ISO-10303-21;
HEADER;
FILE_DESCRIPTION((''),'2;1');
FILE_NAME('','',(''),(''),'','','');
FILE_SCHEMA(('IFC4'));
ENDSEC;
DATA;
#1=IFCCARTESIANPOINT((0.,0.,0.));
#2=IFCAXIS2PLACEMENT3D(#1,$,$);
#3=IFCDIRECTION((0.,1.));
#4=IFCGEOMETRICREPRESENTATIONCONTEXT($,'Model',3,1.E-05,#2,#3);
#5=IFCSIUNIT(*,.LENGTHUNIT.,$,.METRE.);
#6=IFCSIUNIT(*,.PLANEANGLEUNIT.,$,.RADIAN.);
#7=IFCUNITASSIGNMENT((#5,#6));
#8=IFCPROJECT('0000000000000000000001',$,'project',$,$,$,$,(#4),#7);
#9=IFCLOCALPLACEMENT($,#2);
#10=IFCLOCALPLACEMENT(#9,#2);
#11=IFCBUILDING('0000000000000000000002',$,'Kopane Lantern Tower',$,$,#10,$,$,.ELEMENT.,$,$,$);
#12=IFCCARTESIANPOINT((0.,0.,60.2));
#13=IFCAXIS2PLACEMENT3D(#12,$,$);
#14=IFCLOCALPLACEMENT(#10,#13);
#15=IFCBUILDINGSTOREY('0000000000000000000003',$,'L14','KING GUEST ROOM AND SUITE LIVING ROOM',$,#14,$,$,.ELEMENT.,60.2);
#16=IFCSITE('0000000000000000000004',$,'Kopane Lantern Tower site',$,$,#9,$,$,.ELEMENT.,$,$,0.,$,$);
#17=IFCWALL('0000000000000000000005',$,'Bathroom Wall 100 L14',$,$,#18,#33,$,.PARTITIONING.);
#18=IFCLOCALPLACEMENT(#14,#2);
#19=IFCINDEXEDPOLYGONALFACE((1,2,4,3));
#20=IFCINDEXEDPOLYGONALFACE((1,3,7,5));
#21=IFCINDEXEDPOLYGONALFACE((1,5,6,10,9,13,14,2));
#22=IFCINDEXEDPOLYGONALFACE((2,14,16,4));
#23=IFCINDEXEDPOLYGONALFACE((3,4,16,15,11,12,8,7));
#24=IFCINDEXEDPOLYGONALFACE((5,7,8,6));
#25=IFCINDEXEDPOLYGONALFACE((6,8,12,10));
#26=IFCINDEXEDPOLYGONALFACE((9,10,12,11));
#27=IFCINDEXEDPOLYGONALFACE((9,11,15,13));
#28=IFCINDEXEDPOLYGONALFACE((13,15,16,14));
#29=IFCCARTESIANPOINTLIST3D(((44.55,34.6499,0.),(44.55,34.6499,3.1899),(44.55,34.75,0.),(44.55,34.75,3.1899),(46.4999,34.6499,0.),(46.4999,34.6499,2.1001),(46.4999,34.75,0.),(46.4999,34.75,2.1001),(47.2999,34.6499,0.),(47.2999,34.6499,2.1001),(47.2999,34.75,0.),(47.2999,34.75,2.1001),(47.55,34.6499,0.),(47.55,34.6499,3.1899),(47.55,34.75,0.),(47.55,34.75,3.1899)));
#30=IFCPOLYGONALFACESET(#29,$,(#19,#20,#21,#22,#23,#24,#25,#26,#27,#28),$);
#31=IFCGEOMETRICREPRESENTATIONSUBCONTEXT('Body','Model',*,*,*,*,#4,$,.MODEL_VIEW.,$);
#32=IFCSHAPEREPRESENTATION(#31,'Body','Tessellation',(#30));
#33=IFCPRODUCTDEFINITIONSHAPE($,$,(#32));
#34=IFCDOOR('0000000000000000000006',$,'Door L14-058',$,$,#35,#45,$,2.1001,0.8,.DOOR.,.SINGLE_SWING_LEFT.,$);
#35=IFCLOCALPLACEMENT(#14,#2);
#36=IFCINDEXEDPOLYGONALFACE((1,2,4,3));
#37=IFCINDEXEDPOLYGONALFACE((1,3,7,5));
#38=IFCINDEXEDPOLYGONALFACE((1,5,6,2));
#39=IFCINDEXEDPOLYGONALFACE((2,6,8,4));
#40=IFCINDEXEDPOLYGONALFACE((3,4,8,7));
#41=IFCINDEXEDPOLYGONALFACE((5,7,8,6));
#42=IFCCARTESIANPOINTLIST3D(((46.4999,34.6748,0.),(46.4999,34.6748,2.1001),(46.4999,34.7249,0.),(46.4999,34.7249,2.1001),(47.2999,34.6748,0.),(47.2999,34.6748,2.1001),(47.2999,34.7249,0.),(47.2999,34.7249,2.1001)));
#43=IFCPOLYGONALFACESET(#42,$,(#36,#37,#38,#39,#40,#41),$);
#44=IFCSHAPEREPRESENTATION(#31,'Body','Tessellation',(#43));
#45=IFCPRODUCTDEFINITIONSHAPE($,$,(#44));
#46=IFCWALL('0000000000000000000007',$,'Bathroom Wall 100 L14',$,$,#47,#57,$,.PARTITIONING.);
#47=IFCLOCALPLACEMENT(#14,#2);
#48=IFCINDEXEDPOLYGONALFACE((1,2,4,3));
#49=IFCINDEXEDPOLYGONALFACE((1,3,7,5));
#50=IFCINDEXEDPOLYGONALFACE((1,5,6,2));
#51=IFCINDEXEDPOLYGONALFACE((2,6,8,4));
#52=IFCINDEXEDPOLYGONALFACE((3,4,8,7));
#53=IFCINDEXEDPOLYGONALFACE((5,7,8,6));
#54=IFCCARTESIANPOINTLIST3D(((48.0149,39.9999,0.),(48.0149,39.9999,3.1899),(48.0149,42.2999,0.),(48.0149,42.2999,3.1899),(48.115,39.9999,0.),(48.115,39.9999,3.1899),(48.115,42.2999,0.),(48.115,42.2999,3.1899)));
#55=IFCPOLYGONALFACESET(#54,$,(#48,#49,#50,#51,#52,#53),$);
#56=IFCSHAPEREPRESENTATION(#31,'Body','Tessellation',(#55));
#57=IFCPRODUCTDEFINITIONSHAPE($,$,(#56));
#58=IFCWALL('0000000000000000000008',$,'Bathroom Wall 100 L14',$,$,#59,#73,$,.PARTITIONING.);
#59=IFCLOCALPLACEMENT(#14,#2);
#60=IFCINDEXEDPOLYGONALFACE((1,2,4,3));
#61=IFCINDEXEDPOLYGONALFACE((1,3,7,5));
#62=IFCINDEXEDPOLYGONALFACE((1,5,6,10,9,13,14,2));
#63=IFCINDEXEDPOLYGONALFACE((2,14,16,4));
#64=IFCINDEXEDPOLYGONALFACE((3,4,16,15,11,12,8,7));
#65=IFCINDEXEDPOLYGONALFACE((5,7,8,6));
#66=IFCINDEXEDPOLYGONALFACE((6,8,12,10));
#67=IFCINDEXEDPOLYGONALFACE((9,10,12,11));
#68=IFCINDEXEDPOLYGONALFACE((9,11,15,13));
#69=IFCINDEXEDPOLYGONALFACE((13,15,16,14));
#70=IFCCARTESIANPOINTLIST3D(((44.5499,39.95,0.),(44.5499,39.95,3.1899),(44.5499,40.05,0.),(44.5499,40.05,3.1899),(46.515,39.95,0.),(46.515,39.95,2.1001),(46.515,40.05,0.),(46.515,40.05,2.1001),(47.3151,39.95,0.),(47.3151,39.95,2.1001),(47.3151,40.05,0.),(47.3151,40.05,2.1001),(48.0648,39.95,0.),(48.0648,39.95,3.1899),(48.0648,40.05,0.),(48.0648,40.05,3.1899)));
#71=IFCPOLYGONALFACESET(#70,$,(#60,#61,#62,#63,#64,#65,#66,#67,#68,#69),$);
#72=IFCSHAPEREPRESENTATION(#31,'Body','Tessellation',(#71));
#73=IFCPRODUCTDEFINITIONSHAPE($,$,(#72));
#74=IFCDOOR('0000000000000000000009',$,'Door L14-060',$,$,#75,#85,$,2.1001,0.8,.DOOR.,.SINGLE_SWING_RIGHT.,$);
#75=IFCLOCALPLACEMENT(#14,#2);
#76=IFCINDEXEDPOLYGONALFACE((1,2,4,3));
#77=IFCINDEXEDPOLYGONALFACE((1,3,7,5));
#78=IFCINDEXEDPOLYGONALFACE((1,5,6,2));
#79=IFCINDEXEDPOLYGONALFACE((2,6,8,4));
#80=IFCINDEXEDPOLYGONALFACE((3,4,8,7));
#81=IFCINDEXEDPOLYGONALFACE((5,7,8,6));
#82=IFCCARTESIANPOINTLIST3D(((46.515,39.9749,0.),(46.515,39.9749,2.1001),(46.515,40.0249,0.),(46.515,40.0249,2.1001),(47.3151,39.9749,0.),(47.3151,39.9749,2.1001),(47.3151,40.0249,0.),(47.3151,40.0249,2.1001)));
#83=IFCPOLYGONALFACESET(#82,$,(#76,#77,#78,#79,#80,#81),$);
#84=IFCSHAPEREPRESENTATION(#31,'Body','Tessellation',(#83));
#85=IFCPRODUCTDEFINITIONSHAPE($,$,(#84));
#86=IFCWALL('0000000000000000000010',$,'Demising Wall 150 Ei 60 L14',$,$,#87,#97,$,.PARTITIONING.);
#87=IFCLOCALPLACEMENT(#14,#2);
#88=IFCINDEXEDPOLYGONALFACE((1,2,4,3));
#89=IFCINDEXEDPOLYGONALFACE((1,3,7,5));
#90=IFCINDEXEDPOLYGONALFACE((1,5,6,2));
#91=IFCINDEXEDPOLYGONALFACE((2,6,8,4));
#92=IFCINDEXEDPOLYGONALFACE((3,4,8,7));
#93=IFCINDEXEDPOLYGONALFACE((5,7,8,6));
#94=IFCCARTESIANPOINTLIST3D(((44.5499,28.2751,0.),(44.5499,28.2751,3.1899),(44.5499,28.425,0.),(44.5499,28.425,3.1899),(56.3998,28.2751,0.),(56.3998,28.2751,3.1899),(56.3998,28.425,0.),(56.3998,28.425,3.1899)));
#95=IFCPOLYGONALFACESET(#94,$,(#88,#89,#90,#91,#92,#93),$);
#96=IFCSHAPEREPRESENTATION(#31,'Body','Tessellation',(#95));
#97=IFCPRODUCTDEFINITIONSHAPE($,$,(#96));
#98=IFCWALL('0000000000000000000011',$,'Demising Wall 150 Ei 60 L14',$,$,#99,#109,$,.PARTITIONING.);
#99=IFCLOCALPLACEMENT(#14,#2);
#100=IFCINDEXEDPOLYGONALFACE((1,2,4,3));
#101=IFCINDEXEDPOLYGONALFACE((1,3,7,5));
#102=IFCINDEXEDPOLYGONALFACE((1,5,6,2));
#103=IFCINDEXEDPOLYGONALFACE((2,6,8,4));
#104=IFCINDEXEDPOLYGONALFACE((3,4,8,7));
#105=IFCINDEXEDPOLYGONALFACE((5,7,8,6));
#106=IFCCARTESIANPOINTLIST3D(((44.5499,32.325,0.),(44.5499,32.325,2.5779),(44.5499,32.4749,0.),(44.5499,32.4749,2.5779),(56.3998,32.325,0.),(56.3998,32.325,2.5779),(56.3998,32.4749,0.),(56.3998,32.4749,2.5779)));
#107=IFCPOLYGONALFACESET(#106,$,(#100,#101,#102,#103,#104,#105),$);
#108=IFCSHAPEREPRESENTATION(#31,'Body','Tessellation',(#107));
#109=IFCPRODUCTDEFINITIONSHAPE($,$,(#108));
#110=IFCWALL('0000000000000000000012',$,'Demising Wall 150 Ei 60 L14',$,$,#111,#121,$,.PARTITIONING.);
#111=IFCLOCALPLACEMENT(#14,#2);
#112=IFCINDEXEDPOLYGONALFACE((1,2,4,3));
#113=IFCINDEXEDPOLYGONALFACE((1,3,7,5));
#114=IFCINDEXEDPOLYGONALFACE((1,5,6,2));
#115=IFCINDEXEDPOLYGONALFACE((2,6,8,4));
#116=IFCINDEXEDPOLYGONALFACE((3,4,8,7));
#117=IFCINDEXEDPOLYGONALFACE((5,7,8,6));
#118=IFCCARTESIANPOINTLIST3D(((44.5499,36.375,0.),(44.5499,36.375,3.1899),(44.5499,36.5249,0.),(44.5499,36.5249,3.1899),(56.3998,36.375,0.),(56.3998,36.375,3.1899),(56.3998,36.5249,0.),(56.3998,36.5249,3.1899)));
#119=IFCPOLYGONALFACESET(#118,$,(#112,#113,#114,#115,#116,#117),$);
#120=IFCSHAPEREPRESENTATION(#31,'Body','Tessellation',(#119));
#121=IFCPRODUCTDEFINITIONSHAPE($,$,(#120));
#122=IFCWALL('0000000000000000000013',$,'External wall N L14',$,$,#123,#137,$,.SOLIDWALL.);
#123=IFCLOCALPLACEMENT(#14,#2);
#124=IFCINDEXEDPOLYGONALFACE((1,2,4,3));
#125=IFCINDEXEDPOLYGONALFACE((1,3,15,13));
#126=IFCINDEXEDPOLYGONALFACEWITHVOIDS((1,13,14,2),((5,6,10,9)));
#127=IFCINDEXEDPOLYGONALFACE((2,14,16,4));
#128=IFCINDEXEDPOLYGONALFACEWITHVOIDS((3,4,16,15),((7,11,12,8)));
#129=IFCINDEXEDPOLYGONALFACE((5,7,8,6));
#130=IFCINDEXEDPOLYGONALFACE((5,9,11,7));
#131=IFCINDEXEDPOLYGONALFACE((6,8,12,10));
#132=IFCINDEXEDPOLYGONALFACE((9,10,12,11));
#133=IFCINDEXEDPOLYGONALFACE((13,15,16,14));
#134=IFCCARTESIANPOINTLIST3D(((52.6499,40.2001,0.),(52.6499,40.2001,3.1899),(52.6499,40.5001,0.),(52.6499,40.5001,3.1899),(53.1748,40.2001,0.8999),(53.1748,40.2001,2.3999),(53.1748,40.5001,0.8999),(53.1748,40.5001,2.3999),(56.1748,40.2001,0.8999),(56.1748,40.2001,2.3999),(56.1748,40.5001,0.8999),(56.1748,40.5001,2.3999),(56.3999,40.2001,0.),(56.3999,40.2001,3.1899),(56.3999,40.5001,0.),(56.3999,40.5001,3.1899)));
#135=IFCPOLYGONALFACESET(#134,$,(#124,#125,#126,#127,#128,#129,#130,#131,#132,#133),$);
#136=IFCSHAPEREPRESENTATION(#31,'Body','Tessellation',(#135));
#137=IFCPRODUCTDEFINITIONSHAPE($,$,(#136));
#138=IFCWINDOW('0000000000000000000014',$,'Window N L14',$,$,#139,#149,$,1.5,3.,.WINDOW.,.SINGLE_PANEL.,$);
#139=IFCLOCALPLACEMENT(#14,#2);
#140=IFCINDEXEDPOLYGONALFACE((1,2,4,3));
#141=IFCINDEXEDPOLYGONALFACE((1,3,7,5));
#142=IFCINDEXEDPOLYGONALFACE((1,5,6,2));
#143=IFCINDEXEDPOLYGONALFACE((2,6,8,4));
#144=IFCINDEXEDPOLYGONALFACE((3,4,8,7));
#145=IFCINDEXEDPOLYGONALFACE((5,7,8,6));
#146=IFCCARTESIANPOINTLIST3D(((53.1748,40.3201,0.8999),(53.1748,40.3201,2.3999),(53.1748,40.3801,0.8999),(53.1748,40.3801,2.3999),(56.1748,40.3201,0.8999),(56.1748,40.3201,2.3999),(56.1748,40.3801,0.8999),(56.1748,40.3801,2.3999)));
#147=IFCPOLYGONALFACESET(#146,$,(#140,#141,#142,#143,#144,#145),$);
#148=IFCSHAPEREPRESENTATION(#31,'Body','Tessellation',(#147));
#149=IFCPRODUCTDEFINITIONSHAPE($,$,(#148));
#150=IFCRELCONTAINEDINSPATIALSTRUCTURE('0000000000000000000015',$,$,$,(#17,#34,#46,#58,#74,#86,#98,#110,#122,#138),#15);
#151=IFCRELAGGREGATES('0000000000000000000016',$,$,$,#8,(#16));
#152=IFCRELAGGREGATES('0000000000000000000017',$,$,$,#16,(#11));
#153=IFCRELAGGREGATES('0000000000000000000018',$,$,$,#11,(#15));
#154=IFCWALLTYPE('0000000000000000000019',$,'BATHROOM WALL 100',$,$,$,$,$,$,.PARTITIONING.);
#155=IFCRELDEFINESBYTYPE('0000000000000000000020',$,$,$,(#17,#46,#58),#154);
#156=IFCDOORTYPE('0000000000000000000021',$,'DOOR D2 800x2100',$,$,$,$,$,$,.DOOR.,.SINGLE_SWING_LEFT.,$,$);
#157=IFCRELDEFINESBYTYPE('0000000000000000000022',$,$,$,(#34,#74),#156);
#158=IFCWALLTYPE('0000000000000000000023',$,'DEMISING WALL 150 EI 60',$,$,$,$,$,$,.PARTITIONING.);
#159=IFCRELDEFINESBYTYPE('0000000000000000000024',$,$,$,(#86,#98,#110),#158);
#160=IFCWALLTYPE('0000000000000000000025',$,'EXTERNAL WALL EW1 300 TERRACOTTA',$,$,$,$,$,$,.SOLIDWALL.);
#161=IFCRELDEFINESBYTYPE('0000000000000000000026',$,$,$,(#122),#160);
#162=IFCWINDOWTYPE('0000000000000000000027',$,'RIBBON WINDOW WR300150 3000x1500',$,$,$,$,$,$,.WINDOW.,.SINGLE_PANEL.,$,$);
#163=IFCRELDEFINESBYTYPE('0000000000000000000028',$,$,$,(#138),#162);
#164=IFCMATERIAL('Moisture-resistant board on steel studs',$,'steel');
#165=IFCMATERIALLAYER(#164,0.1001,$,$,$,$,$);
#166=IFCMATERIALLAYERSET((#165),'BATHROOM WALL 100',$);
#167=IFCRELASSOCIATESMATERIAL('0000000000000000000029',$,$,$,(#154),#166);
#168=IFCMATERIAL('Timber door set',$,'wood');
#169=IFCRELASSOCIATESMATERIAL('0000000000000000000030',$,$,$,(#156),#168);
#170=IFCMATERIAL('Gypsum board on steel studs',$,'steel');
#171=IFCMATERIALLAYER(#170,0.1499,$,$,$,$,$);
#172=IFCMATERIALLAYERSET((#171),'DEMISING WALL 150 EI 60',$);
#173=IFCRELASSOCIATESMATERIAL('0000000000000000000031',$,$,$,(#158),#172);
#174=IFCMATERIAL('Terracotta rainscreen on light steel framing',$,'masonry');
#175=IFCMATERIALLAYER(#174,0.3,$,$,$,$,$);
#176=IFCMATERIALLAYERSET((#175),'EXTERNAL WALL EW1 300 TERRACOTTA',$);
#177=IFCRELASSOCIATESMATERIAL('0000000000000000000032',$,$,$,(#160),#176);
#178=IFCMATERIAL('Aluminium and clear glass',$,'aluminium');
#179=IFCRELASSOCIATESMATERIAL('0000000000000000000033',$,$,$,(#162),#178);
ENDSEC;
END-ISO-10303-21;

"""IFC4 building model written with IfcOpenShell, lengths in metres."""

from ifc_helpers import new_model, si_unit, direction, frame, frame_2d, origin, place, context, subcontext, project, spatial, rectangle, extrude, material, layer, layer_set, type_object, element, fill, save


model = new_model("IFC4")

# Units and contexts
model_context = context("Model", 3, precision=1e-05, world=origin(), true_north=direction((0.0, 1.0)))
body_context = subcontext(model_context, "Body", "Model", "MODEL_VIEW")
ifc_project = project(units=[si_unit("LENGTHUNIT", "METRE"), si_unit("PLANEANGLEUNIT", "RADIAN")], contexts=[model_context])

# Site, building, storey
site_placement = place(None, origin())
site = spatial("IfcSite", under=ifc_project, at=site_placement, Name="Kopane Lantern Tower site", CompositionType="ELEMENT", RefElevation=0.0)
building_placement = place(site_placement, origin())
building = spatial("IfcBuilding", under=site, at=building_placement, Name="Kopane Lantern Tower", CompositionType="ELEMENT")
storey_placement = place(building_placement, frame((0.0, 0.0, 60.2)))
storey = spatial("IfcBuildingStorey", under=building, at=storey_placement, Name="L14", Description="KING GUEST ROOM AND SUITE LIVING ROOM", CompositionType="ELEMENT", Elevation=60.2)

# Shared definitions
ifc_material_1 = material(Name="Moisture-resistant board on steel studs", Category="steel")
ifc_layer_1 = layer(ifc_material_1, 0.1001)
ifc_layer_set_1 = layer_set([ifc_layer_1], Name="BATHROOM WALL 100")
wall_type_1 = type_object("IfcWallType", Name="BATHROOM WALL 100", PredefinedType="PARTITIONING", material=ifc_layer_set_1)
ifc_material_2 = material(Name="Timber door set", Category="wood")
door_type = type_object("IfcDoorType", Name="DOOR D2 800x2100", OperationType="SINGLE_SWING_LEFT", PredefinedType="DOOR", material=ifc_material_2)

# Wall, opening, door
wall_1_placement = place(storey_placement, frame((44.55, 34.7, 0.0), z_axis=(0.0, 0.0, 1.0), x_axis=(1.0, 0.0, 0.0)))
wall_1 = element("IfcWall", 1, at=wall_1_placement, inside=storey, type_object=wall_type_1, Name="Bathroom Wall 100 L14", PredefinedType="PARTITIONING", context=body_context, shape_type="SweptSolid", body=[
    extrude(rectangle(XDim=3.0, YDim=0.1001, at=frame_2d((1.5, 0.0))), origin(), (0.0, 0.0, 1.0), 3.1899),
])
opening_1_placement = place(wall_1_placement, frame((1.95, 0.0, 0.0)))
opening_1 = element("IfcOpeningElement", 2, at=opening_1_placement, cuts=wall_1, PredefinedType="OPENING", context=body_context, shape_type="SweptSolid", body=[
    extrude(rectangle(XDim=0.8, YDim=2.1001, at=frame_2d((0.3999, 1.05))), frame((0.0, 0.0601, 0.0), z_axis=(0.0, -1.0, 0.0), x_axis=(1.0, 0.0, 0.0)), (0.0, 0.0, 1.0), 0.1201),
])
door_1_placement = place(opening_1_placement, origin())
door_1 = element("IfcDoor", 3, at=door_1_placement, inside=storey, type_object=door_type, Name="Door L14-058", OperationType="SINGLE_SWING_LEFT", OverallHeight=2.1001, OverallWidth=0.8, PredefinedType="DOOR", context=body_context, shape_type="SweptSolid", body=[
    extrude(rectangle(XDim=0.8, YDim=2.1001, at=frame_2d((0.3999, 1.05))), frame((0.0, 0.0249, 0.0), z_axis=(0.0, -1.0, 0.0), x_axis=(1.0, 0.0, 0.0)), (0.0, 0.0, 1.0), 0.05),
])
fill(opening_1, door_1)

# Wall
wall_2_placement = place(storey_placement, frame((48.0649, 40.0, 0.0), z_axis=(0.0, 0.0, 1.0), x_axis=(0.0, 1.0, 0.0)))
element("IfcWall", 4, at=wall_2_placement, inside=storey, type_object=wall_type_1, Name="Bathroom Wall 100 L14", PredefinedType="PARTITIONING", context=body_context, shape_type="SweptSolid", body=[
    extrude(rectangle(XDim=2.3, YDim=0.1001, at=frame_2d((1.1499, 0.0))), origin(), (0.0, 0.0, 1.0), 3.1899),
])

# Wall, opening, door
wall_3_placement = place(storey_placement, frame((44.55, 40.0, 0.0), z_axis=(0.0, 0.0, 1.0), x_axis=(1.0, 0.0, 0.0)))
wall_3 = element("IfcWall", 5, at=wall_3_placement, inside=storey, type_object=wall_type_1, Name="Bathroom Wall 100 L14", PredefinedType="PARTITIONING", context=body_context, shape_type="SweptSolid", body=[
    extrude(rectangle(XDim=3.5149, YDim=0.1001, at=frame_2d((1.7573, 0.0))), origin(), (0.0, 0.0, 1.0), 3.1899),
])
opening_2_placement = place(wall_3_placement, frame((1.9651, 0.0, 0.0)))
opening_2 = element("IfcOpeningElement", 6, at=opening_2_placement, cuts=wall_3, PredefinedType="OPENING", context=body_context, shape_type="SweptSolid", body=[
    extrude(rectangle(XDim=0.8, YDim=2.1001, at=frame_2d((0.3999, 1.05))), frame((0.0, 0.0601, 0.0), z_axis=(0.0, -1.0, 0.0), x_axis=(1.0, 0.0, 0.0)), (0.0, 0.0, 1.0), 0.1201),
])
door_2_placement = place(opening_2_placement, origin())
door_2 = element("IfcDoor", 7, at=door_2_placement, inside=storey, type_object=door_type, Name="Door L14-060", OperationType="SINGLE_SWING_RIGHT", OverallHeight=2.1001, OverallWidth=0.8, PredefinedType="DOOR", context=body_context, shape_type="SweptSolid", body=[
    extrude(rectangle(XDim=0.8, YDim=2.1001, at=frame_2d((0.3999, 1.05))), frame((0.0, 0.0249, 0.0), z_axis=(0.0, -1.0, 0.0), x_axis=(1.0, 0.0, 0.0)), (0.0, 0.0, 1.0), 0.05),
])
fill(opening_2, door_2)

# Walls
ifc_material_3 = material(Name="Gypsum board on steel studs", Category="steel")
ifc_layer_2 = layer(ifc_material_3, 0.1499)
ifc_layer_set_2 = layer_set([ifc_layer_2], Name="DEMISING WALL 150 EI 60")
wall_type_2 = type_object("IfcWallType", Name="DEMISING WALL 150 EI 60", PredefinedType="PARTITIONING", material=ifc_layer_set_2)
wall_4_placement = place(storey_placement, frame((44.55, 28.3501, 0.0), z_axis=(0.0, 0.0, 1.0), x_axis=(1.0, 0.0, 0.0)))
element("IfcWall", 8, at=wall_4_placement, inside=storey, type_object=wall_type_2, Name="Demising Wall 150 Ei 60 L14", PredefinedType="PARTITIONING", context=body_context, shape_type="SweptSolid", body=[
    extrude(rectangle(XDim=11.8499, YDim=0.1499, at=frame_2d((5.9248, 0.0))), origin(), (0.0, 0.0, 1.0), 3.1899),
])
wall_5_placement = place(storey_placement, frame((44.55, 32.3999, 0.0), z_axis=(0.0, 0.0, 1.0), x_axis=(1.0, 0.0, 0.0)))
element("IfcWall", 9, at=wall_5_placement, inside=storey, type_object=wall_type_2, Name="Demising Wall 150 Ei 60 L14", PredefinedType="PARTITIONING", context=body_context, shape_type="SweptSolid", body=[
    extrude(rectangle(XDim=11.8499, YDim=0.1499, at=frame_2d((5.9248, 0.0))), origin(), (0.0, 0.0, 1.0), 2.5779),
])
wall_6_placement = place(storey_placement, frame((44.55, 36.45, 0.0), z_axis=(0.0, 0.0, 1.0), x_axis=(1.0, 0.0, 0.0)))
element("IfcWall", 10, at=wall_6_placement, inside=storey, type_object=wall_type_2, Name="Demising Wall 150 Ei 60 L14", PredefinedType="PARTITIONING", context=body_context, shape_type="SweptSolid", body=[
    extrude(rectangle(XDim=11.8499, YDim=0.1499, at=frame_2d((5.9248, 0.0))), origin(), (0.0, 0.0, 1.0), 3.1899),
])

# Wall, opening, window
ifc_material_4 = material(Name="Terracotta rainscreen on light steel framing", Category="masonry")
ifc_layer_3 = layer(ifc_material_4, 0.3)
ifc_layer_set_3 = layer_set([ifc_layer_3], Name="EXTERNAL WALL EW1 300 TERRACOTTA")
wall_type_3 = type_object("IfcWallType", Name="EXTERNAL WALL EW1 300 TERRACOTTA", PredefinedType="SOLIDWALL", material=ifc_layer_set_3)
wall_7_placement = place(storey_placement, frame((56.3999, 40.3501, 0.0), z_axis=(0.0, 0.0, 1.0), x_axis=(-1.0, 0.0, 0.0)))
wall_7 = element("IfcWall", 11, at=wall_7_placement, inside=storey, type_object=wall_type_3, Name="External wall N L14", PredefinedType="SOLIDWALL", context=body_context, shape_type="SweptSolid", body=[
    extrude(rectangle(XDim=3.75, YDim=0.3, at=frame_2d((1.875, 0.0))), origin(), (0.0, 0.0, 1.0), 3.1899),
])
opening_3_placement = place(wall_7_placement, frame((0.2251, 0.0, 0.8999)))
opening_3 = element("IfcOpeningElement", 12, at=opening_3_placement, cuts=wall_7, PredefinedType="OPENING", context=body_context, shape_type="SweptSolid", body=[
    extrude(rectangle(XDim=3.0, YDim=1.5, at=frame_2d((1.5, 0.75))), frame((0.0, 0.1599, 0.0), z_axis=(0.0, -1.0, 0.0), x_axis=(1.0, 0.0, 0.0)), (0.0, 0.0, 1.0), 0.3201),
])
ifc_material_5 = material(Name="Aluminium and clear glass", Category="aluminium")
window_type = type_object("IfcWindowType", Name="RIBBON WINDOW WR300150 3000x1500", PartitioningType="SINGLE_PANEL", PredefinedType="WINDOW", material=ifc_material_5)
window_1_placement = place(opening_3_placement, origin())
window_1 = element("IfcWindow", 13, at=window_1_placement, inside=storey, type_object=window_type, Name="Window N L14", OverallHeight=1.5, OverallWidth=3.0, PartitioningType="SINGLE_PANEL", PredefinedType="WINDOW", context=body_context, shape_type="SweptSolid", body=[
    extrude(rectangle(XDim=3.0, YDim=1.5, at=frame_2d((1.5, 0.75))), frame((0.0, 0.03, 0.0), z_axis=(0.0, -1.0, 0.0), x_axis=(1.0, 0.0, 0.0)), (0.0, 0.0, 1.0), 0.0601),
])
fill(opening_3, window_1)

save(model, "model.ifc")
